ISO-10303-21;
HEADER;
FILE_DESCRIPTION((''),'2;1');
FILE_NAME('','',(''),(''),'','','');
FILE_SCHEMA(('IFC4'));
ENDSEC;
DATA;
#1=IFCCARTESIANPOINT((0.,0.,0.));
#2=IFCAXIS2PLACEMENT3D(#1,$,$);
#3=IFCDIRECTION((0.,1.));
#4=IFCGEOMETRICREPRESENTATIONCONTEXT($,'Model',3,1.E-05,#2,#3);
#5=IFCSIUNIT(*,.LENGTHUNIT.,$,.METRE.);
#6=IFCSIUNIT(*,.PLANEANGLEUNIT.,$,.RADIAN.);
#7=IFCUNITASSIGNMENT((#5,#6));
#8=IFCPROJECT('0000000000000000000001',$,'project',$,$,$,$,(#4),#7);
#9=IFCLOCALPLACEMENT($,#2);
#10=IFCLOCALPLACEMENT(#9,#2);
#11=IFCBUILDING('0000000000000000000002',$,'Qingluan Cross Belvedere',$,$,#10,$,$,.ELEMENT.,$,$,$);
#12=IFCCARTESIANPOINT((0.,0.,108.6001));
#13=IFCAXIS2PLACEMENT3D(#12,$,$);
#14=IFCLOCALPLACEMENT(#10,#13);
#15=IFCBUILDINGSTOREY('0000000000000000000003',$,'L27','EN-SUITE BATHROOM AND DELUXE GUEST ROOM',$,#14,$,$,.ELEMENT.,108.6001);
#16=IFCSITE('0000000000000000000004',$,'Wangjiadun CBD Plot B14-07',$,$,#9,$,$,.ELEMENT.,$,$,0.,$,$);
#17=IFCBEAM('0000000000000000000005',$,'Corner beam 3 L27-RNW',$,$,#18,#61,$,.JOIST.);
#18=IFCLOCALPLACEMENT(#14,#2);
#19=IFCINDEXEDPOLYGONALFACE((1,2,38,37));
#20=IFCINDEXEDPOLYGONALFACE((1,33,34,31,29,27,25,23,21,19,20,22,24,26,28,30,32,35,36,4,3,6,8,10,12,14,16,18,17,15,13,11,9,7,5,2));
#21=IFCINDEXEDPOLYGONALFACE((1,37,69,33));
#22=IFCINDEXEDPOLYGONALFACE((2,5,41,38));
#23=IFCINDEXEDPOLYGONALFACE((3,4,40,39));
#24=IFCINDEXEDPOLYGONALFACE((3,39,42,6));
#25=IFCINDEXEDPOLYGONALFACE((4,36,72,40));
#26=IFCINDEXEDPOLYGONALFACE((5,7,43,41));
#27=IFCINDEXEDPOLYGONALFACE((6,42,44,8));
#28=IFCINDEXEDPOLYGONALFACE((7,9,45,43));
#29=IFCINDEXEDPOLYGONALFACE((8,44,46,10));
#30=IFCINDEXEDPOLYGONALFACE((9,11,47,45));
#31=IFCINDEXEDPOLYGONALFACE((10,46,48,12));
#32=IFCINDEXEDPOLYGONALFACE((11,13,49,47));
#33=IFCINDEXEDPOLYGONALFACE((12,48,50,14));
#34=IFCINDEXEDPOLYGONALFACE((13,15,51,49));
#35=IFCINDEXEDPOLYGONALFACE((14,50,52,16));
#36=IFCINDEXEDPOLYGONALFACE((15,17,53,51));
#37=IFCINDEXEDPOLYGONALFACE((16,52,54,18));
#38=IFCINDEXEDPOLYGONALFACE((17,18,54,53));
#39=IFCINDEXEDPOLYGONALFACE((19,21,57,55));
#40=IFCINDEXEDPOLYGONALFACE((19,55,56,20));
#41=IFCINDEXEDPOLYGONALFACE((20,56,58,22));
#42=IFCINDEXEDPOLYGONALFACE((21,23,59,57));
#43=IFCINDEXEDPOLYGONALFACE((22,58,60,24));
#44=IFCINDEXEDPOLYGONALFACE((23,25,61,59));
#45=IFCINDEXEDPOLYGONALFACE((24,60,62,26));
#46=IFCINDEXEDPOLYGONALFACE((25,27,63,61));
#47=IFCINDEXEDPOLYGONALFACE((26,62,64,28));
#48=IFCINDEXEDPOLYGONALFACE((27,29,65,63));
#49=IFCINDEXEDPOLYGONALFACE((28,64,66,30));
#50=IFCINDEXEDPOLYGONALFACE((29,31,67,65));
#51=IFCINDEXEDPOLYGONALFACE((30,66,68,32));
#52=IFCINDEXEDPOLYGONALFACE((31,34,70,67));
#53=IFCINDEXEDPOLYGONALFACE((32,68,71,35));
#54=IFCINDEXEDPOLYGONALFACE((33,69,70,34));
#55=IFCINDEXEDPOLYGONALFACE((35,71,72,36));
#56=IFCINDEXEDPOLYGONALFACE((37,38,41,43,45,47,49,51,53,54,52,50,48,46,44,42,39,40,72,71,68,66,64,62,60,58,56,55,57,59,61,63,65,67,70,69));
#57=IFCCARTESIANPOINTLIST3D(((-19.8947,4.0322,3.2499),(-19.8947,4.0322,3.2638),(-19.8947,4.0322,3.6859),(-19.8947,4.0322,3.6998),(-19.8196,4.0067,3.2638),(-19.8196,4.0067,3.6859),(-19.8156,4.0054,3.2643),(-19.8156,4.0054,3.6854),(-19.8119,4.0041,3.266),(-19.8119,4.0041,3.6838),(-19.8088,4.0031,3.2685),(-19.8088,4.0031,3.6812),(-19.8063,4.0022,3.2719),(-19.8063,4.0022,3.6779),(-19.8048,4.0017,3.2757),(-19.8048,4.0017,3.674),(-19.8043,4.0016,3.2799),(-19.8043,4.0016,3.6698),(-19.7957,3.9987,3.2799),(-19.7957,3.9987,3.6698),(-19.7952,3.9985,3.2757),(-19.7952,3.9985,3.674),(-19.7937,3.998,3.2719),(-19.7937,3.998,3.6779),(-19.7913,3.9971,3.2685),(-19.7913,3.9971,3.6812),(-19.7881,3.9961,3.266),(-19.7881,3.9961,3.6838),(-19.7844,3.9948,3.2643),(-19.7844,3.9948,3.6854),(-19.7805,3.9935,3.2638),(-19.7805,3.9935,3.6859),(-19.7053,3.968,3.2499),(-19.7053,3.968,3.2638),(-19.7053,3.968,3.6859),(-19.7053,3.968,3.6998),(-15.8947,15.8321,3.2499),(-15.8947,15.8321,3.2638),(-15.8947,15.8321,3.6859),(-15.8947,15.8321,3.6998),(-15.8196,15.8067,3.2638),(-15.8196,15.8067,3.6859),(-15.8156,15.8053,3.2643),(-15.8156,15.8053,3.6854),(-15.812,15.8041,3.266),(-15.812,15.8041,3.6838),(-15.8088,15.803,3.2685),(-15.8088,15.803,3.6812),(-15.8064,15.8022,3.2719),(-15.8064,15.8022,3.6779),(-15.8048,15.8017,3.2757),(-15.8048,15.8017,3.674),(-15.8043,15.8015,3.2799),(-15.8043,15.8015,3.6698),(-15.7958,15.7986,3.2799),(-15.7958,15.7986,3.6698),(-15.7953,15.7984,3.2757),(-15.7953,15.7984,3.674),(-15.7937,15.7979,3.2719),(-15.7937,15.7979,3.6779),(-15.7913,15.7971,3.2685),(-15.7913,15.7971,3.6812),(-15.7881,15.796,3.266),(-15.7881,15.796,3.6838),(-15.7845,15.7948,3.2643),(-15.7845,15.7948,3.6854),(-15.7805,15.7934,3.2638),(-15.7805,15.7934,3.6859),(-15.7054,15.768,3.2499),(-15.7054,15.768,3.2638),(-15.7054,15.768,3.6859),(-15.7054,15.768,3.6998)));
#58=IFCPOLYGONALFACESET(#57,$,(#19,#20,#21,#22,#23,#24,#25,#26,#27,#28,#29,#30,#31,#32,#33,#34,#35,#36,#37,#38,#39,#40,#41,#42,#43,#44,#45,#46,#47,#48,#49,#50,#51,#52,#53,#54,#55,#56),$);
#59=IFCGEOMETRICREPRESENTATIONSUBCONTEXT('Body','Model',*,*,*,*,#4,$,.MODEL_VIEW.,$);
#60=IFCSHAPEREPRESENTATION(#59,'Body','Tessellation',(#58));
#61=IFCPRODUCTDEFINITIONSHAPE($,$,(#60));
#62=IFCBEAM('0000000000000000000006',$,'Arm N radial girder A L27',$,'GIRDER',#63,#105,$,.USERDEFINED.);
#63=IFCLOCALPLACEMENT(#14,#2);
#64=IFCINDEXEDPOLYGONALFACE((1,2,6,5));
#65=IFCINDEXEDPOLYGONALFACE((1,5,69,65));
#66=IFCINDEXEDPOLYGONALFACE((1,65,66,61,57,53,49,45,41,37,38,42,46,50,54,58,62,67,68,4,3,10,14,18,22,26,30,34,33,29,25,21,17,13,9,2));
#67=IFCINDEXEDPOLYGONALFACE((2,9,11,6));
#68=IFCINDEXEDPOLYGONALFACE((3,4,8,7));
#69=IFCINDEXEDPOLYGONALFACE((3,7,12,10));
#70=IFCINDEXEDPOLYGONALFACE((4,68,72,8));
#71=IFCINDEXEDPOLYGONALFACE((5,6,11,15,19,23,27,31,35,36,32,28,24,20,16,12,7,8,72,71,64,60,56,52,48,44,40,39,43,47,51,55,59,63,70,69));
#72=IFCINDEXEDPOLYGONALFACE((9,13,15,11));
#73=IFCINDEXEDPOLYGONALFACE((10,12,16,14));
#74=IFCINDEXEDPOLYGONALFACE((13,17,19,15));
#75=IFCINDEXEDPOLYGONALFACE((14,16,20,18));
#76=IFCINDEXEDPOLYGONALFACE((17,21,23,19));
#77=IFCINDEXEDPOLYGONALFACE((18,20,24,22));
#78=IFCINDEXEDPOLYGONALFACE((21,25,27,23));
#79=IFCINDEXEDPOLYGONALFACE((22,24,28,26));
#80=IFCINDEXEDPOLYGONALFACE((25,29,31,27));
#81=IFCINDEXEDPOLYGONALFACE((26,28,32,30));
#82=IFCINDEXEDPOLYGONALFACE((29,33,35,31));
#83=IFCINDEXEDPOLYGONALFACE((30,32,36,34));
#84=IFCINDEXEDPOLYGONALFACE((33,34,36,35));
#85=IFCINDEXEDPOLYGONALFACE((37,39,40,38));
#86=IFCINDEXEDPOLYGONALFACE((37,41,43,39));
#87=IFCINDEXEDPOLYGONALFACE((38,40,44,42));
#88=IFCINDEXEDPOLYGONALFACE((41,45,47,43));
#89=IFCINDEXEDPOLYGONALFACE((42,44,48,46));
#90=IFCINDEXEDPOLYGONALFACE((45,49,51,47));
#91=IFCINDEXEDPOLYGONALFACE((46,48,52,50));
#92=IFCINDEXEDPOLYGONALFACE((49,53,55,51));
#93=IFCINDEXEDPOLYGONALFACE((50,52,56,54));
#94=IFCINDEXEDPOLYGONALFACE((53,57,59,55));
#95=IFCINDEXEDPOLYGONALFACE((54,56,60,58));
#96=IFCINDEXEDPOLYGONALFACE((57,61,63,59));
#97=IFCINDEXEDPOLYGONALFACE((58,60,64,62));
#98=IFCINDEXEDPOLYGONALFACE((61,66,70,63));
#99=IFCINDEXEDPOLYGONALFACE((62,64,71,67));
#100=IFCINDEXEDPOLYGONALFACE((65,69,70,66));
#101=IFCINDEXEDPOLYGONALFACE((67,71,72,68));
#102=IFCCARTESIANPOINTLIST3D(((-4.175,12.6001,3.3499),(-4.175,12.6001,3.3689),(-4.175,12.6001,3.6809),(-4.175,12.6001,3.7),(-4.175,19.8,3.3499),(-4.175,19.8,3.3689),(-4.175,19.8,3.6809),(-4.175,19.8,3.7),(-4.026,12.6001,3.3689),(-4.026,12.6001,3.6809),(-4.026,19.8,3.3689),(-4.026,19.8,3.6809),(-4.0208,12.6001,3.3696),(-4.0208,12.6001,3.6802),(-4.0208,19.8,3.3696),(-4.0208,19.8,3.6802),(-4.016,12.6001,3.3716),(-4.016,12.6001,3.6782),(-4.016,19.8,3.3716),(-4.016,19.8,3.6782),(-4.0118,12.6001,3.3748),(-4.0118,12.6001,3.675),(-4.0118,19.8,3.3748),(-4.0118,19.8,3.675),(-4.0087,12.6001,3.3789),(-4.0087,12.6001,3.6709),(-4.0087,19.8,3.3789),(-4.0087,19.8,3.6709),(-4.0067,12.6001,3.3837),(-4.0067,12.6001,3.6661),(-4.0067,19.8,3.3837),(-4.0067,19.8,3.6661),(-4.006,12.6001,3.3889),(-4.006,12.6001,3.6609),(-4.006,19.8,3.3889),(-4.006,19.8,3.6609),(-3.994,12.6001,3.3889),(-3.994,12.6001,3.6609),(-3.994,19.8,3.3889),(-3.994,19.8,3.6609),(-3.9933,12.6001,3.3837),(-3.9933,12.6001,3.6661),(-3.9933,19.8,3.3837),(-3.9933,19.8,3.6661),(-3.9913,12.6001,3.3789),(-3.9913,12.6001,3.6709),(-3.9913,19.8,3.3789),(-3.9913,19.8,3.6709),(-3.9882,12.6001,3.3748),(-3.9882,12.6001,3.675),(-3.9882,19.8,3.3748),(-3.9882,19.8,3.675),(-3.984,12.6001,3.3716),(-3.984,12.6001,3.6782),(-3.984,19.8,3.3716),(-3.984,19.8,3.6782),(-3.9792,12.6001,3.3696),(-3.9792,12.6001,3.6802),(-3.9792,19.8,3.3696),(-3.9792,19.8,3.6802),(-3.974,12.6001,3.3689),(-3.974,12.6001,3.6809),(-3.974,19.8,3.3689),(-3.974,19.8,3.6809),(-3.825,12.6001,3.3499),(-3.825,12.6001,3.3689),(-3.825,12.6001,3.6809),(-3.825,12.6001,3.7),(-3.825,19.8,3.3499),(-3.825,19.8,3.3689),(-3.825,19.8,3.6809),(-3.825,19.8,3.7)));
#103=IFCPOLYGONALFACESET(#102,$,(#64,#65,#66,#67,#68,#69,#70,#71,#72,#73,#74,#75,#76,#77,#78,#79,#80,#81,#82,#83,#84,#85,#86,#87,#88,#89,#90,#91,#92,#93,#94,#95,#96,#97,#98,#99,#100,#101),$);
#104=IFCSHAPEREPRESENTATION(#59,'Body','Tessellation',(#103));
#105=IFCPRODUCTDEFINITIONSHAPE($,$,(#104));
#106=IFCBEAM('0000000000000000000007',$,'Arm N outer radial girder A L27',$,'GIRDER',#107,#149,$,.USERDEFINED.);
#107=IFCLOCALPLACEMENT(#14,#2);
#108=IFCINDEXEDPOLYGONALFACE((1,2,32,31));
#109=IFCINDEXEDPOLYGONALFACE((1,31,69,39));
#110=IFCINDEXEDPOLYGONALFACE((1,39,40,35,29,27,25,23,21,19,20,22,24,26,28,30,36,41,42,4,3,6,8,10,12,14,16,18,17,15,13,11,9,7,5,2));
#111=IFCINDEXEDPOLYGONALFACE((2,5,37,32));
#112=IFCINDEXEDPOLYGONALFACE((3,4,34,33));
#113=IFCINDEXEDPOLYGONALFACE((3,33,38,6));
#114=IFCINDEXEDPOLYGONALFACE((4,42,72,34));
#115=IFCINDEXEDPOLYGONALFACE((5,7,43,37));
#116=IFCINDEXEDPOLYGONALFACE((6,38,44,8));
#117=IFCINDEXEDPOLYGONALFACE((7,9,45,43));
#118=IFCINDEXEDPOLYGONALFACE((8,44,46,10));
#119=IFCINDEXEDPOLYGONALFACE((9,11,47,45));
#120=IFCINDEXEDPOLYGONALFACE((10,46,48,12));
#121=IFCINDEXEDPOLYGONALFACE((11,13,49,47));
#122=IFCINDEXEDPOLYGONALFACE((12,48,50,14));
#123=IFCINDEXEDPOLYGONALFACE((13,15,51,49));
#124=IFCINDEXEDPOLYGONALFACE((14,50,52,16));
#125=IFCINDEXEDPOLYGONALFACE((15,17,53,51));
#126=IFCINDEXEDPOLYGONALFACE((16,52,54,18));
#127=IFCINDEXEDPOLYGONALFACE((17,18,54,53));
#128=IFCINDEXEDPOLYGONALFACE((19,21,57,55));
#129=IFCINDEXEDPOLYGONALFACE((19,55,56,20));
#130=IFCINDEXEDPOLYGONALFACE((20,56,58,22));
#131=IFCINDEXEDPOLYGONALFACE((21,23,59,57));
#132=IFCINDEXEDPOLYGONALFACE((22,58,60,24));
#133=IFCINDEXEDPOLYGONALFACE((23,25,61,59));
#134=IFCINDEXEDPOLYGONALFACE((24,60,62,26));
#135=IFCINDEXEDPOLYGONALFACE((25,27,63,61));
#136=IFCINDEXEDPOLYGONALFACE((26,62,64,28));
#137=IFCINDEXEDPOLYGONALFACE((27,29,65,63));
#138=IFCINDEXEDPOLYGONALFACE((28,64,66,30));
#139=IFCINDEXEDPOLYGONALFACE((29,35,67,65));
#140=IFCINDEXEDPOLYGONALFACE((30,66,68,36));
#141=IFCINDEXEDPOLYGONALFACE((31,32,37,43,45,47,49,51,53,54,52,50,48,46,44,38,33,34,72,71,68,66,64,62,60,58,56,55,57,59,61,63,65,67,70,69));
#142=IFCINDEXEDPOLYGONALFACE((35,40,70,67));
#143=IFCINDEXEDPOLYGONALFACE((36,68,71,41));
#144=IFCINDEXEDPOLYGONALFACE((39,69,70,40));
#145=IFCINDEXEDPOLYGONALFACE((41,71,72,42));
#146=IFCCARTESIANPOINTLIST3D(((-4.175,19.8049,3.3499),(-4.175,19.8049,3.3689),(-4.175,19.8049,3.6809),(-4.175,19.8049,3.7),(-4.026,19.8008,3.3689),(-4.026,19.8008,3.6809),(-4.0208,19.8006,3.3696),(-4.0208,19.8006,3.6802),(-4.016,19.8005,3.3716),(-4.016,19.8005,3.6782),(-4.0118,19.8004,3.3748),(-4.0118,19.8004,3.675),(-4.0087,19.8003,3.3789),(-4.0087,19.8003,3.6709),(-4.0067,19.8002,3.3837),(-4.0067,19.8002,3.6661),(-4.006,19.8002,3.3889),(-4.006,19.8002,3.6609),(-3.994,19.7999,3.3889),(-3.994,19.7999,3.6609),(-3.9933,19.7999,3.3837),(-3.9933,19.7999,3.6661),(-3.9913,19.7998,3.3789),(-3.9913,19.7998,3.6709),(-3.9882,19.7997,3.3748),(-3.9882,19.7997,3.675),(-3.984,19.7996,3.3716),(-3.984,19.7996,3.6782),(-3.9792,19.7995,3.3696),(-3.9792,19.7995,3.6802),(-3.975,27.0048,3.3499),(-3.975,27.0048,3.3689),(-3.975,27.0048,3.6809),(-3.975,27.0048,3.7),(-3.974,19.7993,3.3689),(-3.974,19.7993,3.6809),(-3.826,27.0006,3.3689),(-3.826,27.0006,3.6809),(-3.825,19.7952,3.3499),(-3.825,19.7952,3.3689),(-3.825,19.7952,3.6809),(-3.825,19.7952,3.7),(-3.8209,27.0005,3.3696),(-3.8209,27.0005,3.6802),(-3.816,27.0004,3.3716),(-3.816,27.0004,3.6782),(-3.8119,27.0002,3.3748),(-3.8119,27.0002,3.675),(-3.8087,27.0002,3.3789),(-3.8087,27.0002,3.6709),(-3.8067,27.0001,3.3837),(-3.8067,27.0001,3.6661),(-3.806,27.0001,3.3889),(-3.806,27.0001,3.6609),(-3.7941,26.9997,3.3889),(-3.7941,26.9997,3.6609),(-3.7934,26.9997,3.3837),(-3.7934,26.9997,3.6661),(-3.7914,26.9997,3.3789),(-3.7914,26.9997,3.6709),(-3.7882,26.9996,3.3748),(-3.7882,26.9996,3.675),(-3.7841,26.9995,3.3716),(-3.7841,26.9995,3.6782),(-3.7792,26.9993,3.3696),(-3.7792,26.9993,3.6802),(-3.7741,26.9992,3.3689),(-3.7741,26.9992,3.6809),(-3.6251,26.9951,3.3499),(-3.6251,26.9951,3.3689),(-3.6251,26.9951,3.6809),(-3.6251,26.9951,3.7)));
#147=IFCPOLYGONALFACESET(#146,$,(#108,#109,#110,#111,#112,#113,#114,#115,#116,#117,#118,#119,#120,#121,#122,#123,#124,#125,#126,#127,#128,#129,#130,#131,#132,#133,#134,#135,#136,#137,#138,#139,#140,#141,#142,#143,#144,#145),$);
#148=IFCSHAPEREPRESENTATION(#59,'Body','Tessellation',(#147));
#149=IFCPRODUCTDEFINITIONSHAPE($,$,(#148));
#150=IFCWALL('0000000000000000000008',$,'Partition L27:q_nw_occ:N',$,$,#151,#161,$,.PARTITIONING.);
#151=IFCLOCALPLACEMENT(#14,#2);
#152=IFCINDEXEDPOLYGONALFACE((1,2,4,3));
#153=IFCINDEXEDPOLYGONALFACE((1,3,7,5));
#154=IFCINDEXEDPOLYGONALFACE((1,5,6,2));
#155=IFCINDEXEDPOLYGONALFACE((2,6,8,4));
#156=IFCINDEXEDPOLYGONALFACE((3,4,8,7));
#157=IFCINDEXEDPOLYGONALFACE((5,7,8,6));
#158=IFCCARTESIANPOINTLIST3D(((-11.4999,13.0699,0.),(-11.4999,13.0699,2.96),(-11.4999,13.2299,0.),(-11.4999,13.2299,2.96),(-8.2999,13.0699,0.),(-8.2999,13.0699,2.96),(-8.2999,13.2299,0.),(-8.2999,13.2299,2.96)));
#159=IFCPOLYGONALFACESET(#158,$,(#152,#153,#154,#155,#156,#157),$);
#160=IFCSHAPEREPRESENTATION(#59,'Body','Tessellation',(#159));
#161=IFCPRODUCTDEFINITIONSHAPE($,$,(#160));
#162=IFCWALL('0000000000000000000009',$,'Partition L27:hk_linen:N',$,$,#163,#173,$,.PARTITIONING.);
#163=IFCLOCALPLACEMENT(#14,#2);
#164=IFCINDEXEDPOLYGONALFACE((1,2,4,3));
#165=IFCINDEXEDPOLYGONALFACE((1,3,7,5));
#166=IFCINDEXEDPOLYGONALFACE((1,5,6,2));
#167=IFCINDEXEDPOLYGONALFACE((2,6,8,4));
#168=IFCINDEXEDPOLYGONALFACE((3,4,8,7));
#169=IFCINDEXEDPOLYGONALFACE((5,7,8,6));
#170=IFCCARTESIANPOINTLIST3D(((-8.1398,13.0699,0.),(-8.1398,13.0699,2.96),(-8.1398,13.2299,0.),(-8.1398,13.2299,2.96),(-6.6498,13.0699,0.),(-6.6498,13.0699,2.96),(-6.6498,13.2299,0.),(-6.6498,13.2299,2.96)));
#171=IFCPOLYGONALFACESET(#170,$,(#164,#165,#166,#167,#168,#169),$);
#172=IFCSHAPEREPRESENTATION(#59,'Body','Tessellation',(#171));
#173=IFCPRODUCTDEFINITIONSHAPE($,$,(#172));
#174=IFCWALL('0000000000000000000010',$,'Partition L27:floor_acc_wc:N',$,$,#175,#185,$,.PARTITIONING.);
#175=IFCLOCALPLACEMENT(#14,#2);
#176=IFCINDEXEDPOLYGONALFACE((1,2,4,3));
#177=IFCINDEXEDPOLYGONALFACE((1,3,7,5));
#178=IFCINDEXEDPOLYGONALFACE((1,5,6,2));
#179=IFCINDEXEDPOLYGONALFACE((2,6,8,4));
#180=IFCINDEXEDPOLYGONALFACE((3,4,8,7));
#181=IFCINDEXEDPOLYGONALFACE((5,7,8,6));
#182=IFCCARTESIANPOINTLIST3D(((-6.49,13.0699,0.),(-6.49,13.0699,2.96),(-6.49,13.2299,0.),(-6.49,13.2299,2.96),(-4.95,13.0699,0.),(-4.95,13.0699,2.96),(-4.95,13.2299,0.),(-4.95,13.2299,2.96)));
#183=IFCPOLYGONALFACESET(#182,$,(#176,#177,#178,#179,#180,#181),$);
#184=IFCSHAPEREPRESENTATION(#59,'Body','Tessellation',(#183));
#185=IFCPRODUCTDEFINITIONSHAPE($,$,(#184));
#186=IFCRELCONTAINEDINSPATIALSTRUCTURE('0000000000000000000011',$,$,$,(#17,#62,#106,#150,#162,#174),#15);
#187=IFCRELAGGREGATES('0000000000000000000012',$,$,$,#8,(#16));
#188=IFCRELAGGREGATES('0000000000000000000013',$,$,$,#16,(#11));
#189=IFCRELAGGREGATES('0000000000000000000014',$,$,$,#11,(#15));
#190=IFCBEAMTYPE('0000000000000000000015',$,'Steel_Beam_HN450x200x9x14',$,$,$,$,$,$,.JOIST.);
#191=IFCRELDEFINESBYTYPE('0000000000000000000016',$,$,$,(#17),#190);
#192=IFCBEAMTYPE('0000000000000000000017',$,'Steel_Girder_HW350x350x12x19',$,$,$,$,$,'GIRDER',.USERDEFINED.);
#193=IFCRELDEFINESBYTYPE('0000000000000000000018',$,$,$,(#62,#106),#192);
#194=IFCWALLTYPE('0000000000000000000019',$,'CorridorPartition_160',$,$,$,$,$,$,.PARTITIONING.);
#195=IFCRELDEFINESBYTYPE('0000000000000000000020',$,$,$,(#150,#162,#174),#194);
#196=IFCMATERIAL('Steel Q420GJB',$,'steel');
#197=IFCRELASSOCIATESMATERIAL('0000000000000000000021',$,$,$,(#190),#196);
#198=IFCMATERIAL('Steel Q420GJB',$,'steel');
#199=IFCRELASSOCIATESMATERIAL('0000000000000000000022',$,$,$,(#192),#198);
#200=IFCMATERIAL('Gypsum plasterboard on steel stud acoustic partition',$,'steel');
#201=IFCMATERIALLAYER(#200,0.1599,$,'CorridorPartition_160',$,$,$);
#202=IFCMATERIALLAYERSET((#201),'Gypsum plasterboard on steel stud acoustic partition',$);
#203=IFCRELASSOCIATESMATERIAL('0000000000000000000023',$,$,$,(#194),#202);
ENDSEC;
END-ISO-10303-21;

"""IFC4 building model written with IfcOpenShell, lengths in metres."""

from ifc_helpers import new_model, si_unit, direction, frame, frame_2d, origin, origin_2d, place, context, subcontext, project, spatial, rectangle, i_section, extrude, material, layer, layer_set, material_profile, profile_set, type_object, element, save


model = new_model("IFC4")

# Units and contexts
model_context = context("Model", 3, precision=1e-05, world=origin(), true_north=direction((0.0, 1.0)))
body_context = subcontext(model_context, "Body", "Model", "MODEL_VIEW")
ifc_project = project(units=[si_unit("LENGTHUNIT", "METRE"), si_unit("PLANEANGLEUNIT", "RADIAN")], contexts=[model_context])

# Site, building, storey
site_placement = place(None, origin())
site = spatial("IfcSite", under=ifc_project, at=site_placement, Name="Wangjiadun CBD Plot B14-07", CompositionType="ELEMENT", RefElevation=0.0)
building_placement = place(site_placement, origin())
building = spatial("IfcBuilding", under=site, at=building_placement, Name="Qingluan Cross Belvedere", CompositionType="ELEMENT")
storey_placement = place(building_placement, frame((0.0, 0.0, 108.6001)))
storey = spatial("IfcBuildingStorey", under=building, at=storey_placement, Name="L27", Description="EN-SUITE BATHROOM AND DELUXE GUEST ROOM", CompositionType="ELEMENT", Elevation=108.6001)

# Beams
ifc_material_1 = material(Name="Steel Q420GJB", Category="steel")
ifc_material_profile_1 = material_profile(ifc_material_1, i_section(OverallWidth=0.2, OverallDepth=0.45, WebThickness=0.009, FlangeThickness=0.0139, FilletRadius=0.0161, at=origin_2d()), Name="HN450x200x9x14")
ifc_profile_set_1 = profile_set([ifc_material_profile_1], Name="Steel Q420GJB")
beam_type_1 = type_object("IfcBeamType", Name="Steel_Beam_HN450x200x9x14", PredefinedType="JOIST", material=ifc_profile_set_1)
for number, where, z_axis, x_axis, name in (
    (1, (-15.8, 15.8, 3.4749), (-0.321038, -0.947066, 0.0), (0.947066, -0.321038, 0.0), "Corner beam 3 L27-RNW"),
):
    element("IfcBeam", number, at=place(storey_placement, frame(where, z_axis=z_axis, x_axis=x_axis)), inside=storey, type_object=beam_type_1, Name=name, PredefinedType="JOIST", context=body_context, shape_type="SweptSolid", body=[
        extrude(i_section(OverallWidth=0.2, OverallDepth=0.45, WebThickness=0.009, FlangeThickness=0.0139, FilletRadius=0.0161, at=origin_2d()), origin(), (0.0, 0.0, 1.0), 12.4595),
    ])
ifc_material_2 = material(Name="Steel Q420GJB", Category="steel")
ifc_material_profile_2 = material_profile(ifc_material_2, i_section(OverallWidth=0.3501, OverallDepth=0.3501, WebThickness=0.012, FlangeThickness=0.019, FilletRadius=0.02, at=origin_2d()), Name="HW350x350x12x19")
ifc_profile_set_2 = profile_set([ifc_material_profile_2], Name="Steel Q420GJB")
beam_type_2 = type_object("IfcBeamType", Name="Steel_Girder_HW350x350x12x19", ElementType="GIRDER", PredefinedType="USERDEFINED", material=ifc_profile_set_2)
beam_1_placement = place(storey_placement, frame((-4.0, 12.6001, 3.5249), z_axis=(0.0, 1.0, 0.0), x_axis=(-1.0, 0.0, 0.0)))
element("IfcBeam", 2, at=beam_1_placement, inside=storey, type_object=beam_type_2, Name="Arm N radial girder A L27", ObjectType="GIRDER", PredefinedType="USERDEFINED", context=body_context, shape_type="SweptSolid", body=[
    extrude(i_section(OverallWidth=0.3501, OverallDepth=0.3501, WebThickness=0.012, FlangeThickness=0.019, FilletRadius=0.02, at=origin_2d()), origin(), (0.0, 0.0, 1.0), 7.2),
])
beam_2_placement = place(storey_placement, frame((-4.0, 19.8, 3.5249), z_axis=(0.02776, 0.999615, 0.0), x_axis=(-0.999615, 0.02776, 0.0)))
element("IfcBeam", 3, at=beam_2_placement, inside=storey, type_object=beam_type_2, Name="Arm N outer radial girder A L27", ObjectType="GIRDER", PredefinedType="USERDEFINED", context=body_context, shape_type="SweptSolid", body=[
    extrude(i_section(OverallWidth=0.3501, OverallDepth=0.3501, WebThickness=0.012, FlangeThickness=0.019, FilletRadius=0.02, at=origin_2d()), origin(), (0.0, 0.0, 1.0), 7.2026),
])

# Walls
ifc_material_3 = material(Name="Gypsum plasterboard on steel stud acoustic partition", Category="steel")
ifc_layer_1 = layer(ifc_material_3, 0.1599, Name="CorridorPartition_160")
ifc_layer_set_1 = layer_set([ifc_layer_1], Name="Gypsum plasterboard on steel stud acoustic partition")
wall_type_1 = type_object("IfcWallType", Name="CorridorPartition_160", PredefinedType="PARTITIONING", material=ifc_layer_set_1)
wall_1_placement = place(storey_placement, frame((-11.5, 13.1499, 0.0), z_axis=(0.0, 0.0, 1.0), x_axis=(1.0, 0.0, 0.0)))
element("IfcWall", 4, at=wall_1_placement, inside=storey, type_object=wall_type_1, Name="Partition L27:q_nw_occ:N", PredefinedType="PARTITIONING", context=body_context, shape_type="SweptSolid", body=[
    extrude(rectangle(XDim=3.2, YDim=0.1599, at=frame_2d((1.6001, 0.0))), origin(), (0.0, 0.0, 1.0), 2.96),
])
wall_2_placement = place(storey_placement, frame((-8.1399, 13.1499, 0.0), z_axis=(0.0, 0.0, 1.0), x_axis=(1.0, 0.0, 0.0)))
element("IfcWall", 5, at=wall_2_placement, inside=storey, type_object=wall_type_1, Name="Partition L27:hk_linen:N", PredefinedType="PARTITIONING", context=body_context, shape_type="SweptSolid", body=[
    extrude(rectangle(XDim=1.49, YDim=0.1599, at=frame_2d((0.7451, 0.0))), origin(), (0.0, 0.0, 1.0), 2.96),
])
wall_3_placement = place(storey_placement, frame((-6.49, 13.1499, 0.0), z_axis=(0.0, 0.0, 1.0), x_axis=(1.0, 0.0, 0.0)))
element("IfcWall", 6, at=wall_3_placement, inside=storey, type_object=wall_type_1, Name="Partition L27:floor_acc_wc:N", PredefinedType="PARTITIONING", context=body_context, shape_type="SweptSolid", body=[
    extrude(rectangle(XDim=1.54, YDim=0.1599, at=frame_2d((0.77, 0.0))), origin(), (0.0, 0.0, 1.0), 2.96),
])

save(model, "model.ifc")
